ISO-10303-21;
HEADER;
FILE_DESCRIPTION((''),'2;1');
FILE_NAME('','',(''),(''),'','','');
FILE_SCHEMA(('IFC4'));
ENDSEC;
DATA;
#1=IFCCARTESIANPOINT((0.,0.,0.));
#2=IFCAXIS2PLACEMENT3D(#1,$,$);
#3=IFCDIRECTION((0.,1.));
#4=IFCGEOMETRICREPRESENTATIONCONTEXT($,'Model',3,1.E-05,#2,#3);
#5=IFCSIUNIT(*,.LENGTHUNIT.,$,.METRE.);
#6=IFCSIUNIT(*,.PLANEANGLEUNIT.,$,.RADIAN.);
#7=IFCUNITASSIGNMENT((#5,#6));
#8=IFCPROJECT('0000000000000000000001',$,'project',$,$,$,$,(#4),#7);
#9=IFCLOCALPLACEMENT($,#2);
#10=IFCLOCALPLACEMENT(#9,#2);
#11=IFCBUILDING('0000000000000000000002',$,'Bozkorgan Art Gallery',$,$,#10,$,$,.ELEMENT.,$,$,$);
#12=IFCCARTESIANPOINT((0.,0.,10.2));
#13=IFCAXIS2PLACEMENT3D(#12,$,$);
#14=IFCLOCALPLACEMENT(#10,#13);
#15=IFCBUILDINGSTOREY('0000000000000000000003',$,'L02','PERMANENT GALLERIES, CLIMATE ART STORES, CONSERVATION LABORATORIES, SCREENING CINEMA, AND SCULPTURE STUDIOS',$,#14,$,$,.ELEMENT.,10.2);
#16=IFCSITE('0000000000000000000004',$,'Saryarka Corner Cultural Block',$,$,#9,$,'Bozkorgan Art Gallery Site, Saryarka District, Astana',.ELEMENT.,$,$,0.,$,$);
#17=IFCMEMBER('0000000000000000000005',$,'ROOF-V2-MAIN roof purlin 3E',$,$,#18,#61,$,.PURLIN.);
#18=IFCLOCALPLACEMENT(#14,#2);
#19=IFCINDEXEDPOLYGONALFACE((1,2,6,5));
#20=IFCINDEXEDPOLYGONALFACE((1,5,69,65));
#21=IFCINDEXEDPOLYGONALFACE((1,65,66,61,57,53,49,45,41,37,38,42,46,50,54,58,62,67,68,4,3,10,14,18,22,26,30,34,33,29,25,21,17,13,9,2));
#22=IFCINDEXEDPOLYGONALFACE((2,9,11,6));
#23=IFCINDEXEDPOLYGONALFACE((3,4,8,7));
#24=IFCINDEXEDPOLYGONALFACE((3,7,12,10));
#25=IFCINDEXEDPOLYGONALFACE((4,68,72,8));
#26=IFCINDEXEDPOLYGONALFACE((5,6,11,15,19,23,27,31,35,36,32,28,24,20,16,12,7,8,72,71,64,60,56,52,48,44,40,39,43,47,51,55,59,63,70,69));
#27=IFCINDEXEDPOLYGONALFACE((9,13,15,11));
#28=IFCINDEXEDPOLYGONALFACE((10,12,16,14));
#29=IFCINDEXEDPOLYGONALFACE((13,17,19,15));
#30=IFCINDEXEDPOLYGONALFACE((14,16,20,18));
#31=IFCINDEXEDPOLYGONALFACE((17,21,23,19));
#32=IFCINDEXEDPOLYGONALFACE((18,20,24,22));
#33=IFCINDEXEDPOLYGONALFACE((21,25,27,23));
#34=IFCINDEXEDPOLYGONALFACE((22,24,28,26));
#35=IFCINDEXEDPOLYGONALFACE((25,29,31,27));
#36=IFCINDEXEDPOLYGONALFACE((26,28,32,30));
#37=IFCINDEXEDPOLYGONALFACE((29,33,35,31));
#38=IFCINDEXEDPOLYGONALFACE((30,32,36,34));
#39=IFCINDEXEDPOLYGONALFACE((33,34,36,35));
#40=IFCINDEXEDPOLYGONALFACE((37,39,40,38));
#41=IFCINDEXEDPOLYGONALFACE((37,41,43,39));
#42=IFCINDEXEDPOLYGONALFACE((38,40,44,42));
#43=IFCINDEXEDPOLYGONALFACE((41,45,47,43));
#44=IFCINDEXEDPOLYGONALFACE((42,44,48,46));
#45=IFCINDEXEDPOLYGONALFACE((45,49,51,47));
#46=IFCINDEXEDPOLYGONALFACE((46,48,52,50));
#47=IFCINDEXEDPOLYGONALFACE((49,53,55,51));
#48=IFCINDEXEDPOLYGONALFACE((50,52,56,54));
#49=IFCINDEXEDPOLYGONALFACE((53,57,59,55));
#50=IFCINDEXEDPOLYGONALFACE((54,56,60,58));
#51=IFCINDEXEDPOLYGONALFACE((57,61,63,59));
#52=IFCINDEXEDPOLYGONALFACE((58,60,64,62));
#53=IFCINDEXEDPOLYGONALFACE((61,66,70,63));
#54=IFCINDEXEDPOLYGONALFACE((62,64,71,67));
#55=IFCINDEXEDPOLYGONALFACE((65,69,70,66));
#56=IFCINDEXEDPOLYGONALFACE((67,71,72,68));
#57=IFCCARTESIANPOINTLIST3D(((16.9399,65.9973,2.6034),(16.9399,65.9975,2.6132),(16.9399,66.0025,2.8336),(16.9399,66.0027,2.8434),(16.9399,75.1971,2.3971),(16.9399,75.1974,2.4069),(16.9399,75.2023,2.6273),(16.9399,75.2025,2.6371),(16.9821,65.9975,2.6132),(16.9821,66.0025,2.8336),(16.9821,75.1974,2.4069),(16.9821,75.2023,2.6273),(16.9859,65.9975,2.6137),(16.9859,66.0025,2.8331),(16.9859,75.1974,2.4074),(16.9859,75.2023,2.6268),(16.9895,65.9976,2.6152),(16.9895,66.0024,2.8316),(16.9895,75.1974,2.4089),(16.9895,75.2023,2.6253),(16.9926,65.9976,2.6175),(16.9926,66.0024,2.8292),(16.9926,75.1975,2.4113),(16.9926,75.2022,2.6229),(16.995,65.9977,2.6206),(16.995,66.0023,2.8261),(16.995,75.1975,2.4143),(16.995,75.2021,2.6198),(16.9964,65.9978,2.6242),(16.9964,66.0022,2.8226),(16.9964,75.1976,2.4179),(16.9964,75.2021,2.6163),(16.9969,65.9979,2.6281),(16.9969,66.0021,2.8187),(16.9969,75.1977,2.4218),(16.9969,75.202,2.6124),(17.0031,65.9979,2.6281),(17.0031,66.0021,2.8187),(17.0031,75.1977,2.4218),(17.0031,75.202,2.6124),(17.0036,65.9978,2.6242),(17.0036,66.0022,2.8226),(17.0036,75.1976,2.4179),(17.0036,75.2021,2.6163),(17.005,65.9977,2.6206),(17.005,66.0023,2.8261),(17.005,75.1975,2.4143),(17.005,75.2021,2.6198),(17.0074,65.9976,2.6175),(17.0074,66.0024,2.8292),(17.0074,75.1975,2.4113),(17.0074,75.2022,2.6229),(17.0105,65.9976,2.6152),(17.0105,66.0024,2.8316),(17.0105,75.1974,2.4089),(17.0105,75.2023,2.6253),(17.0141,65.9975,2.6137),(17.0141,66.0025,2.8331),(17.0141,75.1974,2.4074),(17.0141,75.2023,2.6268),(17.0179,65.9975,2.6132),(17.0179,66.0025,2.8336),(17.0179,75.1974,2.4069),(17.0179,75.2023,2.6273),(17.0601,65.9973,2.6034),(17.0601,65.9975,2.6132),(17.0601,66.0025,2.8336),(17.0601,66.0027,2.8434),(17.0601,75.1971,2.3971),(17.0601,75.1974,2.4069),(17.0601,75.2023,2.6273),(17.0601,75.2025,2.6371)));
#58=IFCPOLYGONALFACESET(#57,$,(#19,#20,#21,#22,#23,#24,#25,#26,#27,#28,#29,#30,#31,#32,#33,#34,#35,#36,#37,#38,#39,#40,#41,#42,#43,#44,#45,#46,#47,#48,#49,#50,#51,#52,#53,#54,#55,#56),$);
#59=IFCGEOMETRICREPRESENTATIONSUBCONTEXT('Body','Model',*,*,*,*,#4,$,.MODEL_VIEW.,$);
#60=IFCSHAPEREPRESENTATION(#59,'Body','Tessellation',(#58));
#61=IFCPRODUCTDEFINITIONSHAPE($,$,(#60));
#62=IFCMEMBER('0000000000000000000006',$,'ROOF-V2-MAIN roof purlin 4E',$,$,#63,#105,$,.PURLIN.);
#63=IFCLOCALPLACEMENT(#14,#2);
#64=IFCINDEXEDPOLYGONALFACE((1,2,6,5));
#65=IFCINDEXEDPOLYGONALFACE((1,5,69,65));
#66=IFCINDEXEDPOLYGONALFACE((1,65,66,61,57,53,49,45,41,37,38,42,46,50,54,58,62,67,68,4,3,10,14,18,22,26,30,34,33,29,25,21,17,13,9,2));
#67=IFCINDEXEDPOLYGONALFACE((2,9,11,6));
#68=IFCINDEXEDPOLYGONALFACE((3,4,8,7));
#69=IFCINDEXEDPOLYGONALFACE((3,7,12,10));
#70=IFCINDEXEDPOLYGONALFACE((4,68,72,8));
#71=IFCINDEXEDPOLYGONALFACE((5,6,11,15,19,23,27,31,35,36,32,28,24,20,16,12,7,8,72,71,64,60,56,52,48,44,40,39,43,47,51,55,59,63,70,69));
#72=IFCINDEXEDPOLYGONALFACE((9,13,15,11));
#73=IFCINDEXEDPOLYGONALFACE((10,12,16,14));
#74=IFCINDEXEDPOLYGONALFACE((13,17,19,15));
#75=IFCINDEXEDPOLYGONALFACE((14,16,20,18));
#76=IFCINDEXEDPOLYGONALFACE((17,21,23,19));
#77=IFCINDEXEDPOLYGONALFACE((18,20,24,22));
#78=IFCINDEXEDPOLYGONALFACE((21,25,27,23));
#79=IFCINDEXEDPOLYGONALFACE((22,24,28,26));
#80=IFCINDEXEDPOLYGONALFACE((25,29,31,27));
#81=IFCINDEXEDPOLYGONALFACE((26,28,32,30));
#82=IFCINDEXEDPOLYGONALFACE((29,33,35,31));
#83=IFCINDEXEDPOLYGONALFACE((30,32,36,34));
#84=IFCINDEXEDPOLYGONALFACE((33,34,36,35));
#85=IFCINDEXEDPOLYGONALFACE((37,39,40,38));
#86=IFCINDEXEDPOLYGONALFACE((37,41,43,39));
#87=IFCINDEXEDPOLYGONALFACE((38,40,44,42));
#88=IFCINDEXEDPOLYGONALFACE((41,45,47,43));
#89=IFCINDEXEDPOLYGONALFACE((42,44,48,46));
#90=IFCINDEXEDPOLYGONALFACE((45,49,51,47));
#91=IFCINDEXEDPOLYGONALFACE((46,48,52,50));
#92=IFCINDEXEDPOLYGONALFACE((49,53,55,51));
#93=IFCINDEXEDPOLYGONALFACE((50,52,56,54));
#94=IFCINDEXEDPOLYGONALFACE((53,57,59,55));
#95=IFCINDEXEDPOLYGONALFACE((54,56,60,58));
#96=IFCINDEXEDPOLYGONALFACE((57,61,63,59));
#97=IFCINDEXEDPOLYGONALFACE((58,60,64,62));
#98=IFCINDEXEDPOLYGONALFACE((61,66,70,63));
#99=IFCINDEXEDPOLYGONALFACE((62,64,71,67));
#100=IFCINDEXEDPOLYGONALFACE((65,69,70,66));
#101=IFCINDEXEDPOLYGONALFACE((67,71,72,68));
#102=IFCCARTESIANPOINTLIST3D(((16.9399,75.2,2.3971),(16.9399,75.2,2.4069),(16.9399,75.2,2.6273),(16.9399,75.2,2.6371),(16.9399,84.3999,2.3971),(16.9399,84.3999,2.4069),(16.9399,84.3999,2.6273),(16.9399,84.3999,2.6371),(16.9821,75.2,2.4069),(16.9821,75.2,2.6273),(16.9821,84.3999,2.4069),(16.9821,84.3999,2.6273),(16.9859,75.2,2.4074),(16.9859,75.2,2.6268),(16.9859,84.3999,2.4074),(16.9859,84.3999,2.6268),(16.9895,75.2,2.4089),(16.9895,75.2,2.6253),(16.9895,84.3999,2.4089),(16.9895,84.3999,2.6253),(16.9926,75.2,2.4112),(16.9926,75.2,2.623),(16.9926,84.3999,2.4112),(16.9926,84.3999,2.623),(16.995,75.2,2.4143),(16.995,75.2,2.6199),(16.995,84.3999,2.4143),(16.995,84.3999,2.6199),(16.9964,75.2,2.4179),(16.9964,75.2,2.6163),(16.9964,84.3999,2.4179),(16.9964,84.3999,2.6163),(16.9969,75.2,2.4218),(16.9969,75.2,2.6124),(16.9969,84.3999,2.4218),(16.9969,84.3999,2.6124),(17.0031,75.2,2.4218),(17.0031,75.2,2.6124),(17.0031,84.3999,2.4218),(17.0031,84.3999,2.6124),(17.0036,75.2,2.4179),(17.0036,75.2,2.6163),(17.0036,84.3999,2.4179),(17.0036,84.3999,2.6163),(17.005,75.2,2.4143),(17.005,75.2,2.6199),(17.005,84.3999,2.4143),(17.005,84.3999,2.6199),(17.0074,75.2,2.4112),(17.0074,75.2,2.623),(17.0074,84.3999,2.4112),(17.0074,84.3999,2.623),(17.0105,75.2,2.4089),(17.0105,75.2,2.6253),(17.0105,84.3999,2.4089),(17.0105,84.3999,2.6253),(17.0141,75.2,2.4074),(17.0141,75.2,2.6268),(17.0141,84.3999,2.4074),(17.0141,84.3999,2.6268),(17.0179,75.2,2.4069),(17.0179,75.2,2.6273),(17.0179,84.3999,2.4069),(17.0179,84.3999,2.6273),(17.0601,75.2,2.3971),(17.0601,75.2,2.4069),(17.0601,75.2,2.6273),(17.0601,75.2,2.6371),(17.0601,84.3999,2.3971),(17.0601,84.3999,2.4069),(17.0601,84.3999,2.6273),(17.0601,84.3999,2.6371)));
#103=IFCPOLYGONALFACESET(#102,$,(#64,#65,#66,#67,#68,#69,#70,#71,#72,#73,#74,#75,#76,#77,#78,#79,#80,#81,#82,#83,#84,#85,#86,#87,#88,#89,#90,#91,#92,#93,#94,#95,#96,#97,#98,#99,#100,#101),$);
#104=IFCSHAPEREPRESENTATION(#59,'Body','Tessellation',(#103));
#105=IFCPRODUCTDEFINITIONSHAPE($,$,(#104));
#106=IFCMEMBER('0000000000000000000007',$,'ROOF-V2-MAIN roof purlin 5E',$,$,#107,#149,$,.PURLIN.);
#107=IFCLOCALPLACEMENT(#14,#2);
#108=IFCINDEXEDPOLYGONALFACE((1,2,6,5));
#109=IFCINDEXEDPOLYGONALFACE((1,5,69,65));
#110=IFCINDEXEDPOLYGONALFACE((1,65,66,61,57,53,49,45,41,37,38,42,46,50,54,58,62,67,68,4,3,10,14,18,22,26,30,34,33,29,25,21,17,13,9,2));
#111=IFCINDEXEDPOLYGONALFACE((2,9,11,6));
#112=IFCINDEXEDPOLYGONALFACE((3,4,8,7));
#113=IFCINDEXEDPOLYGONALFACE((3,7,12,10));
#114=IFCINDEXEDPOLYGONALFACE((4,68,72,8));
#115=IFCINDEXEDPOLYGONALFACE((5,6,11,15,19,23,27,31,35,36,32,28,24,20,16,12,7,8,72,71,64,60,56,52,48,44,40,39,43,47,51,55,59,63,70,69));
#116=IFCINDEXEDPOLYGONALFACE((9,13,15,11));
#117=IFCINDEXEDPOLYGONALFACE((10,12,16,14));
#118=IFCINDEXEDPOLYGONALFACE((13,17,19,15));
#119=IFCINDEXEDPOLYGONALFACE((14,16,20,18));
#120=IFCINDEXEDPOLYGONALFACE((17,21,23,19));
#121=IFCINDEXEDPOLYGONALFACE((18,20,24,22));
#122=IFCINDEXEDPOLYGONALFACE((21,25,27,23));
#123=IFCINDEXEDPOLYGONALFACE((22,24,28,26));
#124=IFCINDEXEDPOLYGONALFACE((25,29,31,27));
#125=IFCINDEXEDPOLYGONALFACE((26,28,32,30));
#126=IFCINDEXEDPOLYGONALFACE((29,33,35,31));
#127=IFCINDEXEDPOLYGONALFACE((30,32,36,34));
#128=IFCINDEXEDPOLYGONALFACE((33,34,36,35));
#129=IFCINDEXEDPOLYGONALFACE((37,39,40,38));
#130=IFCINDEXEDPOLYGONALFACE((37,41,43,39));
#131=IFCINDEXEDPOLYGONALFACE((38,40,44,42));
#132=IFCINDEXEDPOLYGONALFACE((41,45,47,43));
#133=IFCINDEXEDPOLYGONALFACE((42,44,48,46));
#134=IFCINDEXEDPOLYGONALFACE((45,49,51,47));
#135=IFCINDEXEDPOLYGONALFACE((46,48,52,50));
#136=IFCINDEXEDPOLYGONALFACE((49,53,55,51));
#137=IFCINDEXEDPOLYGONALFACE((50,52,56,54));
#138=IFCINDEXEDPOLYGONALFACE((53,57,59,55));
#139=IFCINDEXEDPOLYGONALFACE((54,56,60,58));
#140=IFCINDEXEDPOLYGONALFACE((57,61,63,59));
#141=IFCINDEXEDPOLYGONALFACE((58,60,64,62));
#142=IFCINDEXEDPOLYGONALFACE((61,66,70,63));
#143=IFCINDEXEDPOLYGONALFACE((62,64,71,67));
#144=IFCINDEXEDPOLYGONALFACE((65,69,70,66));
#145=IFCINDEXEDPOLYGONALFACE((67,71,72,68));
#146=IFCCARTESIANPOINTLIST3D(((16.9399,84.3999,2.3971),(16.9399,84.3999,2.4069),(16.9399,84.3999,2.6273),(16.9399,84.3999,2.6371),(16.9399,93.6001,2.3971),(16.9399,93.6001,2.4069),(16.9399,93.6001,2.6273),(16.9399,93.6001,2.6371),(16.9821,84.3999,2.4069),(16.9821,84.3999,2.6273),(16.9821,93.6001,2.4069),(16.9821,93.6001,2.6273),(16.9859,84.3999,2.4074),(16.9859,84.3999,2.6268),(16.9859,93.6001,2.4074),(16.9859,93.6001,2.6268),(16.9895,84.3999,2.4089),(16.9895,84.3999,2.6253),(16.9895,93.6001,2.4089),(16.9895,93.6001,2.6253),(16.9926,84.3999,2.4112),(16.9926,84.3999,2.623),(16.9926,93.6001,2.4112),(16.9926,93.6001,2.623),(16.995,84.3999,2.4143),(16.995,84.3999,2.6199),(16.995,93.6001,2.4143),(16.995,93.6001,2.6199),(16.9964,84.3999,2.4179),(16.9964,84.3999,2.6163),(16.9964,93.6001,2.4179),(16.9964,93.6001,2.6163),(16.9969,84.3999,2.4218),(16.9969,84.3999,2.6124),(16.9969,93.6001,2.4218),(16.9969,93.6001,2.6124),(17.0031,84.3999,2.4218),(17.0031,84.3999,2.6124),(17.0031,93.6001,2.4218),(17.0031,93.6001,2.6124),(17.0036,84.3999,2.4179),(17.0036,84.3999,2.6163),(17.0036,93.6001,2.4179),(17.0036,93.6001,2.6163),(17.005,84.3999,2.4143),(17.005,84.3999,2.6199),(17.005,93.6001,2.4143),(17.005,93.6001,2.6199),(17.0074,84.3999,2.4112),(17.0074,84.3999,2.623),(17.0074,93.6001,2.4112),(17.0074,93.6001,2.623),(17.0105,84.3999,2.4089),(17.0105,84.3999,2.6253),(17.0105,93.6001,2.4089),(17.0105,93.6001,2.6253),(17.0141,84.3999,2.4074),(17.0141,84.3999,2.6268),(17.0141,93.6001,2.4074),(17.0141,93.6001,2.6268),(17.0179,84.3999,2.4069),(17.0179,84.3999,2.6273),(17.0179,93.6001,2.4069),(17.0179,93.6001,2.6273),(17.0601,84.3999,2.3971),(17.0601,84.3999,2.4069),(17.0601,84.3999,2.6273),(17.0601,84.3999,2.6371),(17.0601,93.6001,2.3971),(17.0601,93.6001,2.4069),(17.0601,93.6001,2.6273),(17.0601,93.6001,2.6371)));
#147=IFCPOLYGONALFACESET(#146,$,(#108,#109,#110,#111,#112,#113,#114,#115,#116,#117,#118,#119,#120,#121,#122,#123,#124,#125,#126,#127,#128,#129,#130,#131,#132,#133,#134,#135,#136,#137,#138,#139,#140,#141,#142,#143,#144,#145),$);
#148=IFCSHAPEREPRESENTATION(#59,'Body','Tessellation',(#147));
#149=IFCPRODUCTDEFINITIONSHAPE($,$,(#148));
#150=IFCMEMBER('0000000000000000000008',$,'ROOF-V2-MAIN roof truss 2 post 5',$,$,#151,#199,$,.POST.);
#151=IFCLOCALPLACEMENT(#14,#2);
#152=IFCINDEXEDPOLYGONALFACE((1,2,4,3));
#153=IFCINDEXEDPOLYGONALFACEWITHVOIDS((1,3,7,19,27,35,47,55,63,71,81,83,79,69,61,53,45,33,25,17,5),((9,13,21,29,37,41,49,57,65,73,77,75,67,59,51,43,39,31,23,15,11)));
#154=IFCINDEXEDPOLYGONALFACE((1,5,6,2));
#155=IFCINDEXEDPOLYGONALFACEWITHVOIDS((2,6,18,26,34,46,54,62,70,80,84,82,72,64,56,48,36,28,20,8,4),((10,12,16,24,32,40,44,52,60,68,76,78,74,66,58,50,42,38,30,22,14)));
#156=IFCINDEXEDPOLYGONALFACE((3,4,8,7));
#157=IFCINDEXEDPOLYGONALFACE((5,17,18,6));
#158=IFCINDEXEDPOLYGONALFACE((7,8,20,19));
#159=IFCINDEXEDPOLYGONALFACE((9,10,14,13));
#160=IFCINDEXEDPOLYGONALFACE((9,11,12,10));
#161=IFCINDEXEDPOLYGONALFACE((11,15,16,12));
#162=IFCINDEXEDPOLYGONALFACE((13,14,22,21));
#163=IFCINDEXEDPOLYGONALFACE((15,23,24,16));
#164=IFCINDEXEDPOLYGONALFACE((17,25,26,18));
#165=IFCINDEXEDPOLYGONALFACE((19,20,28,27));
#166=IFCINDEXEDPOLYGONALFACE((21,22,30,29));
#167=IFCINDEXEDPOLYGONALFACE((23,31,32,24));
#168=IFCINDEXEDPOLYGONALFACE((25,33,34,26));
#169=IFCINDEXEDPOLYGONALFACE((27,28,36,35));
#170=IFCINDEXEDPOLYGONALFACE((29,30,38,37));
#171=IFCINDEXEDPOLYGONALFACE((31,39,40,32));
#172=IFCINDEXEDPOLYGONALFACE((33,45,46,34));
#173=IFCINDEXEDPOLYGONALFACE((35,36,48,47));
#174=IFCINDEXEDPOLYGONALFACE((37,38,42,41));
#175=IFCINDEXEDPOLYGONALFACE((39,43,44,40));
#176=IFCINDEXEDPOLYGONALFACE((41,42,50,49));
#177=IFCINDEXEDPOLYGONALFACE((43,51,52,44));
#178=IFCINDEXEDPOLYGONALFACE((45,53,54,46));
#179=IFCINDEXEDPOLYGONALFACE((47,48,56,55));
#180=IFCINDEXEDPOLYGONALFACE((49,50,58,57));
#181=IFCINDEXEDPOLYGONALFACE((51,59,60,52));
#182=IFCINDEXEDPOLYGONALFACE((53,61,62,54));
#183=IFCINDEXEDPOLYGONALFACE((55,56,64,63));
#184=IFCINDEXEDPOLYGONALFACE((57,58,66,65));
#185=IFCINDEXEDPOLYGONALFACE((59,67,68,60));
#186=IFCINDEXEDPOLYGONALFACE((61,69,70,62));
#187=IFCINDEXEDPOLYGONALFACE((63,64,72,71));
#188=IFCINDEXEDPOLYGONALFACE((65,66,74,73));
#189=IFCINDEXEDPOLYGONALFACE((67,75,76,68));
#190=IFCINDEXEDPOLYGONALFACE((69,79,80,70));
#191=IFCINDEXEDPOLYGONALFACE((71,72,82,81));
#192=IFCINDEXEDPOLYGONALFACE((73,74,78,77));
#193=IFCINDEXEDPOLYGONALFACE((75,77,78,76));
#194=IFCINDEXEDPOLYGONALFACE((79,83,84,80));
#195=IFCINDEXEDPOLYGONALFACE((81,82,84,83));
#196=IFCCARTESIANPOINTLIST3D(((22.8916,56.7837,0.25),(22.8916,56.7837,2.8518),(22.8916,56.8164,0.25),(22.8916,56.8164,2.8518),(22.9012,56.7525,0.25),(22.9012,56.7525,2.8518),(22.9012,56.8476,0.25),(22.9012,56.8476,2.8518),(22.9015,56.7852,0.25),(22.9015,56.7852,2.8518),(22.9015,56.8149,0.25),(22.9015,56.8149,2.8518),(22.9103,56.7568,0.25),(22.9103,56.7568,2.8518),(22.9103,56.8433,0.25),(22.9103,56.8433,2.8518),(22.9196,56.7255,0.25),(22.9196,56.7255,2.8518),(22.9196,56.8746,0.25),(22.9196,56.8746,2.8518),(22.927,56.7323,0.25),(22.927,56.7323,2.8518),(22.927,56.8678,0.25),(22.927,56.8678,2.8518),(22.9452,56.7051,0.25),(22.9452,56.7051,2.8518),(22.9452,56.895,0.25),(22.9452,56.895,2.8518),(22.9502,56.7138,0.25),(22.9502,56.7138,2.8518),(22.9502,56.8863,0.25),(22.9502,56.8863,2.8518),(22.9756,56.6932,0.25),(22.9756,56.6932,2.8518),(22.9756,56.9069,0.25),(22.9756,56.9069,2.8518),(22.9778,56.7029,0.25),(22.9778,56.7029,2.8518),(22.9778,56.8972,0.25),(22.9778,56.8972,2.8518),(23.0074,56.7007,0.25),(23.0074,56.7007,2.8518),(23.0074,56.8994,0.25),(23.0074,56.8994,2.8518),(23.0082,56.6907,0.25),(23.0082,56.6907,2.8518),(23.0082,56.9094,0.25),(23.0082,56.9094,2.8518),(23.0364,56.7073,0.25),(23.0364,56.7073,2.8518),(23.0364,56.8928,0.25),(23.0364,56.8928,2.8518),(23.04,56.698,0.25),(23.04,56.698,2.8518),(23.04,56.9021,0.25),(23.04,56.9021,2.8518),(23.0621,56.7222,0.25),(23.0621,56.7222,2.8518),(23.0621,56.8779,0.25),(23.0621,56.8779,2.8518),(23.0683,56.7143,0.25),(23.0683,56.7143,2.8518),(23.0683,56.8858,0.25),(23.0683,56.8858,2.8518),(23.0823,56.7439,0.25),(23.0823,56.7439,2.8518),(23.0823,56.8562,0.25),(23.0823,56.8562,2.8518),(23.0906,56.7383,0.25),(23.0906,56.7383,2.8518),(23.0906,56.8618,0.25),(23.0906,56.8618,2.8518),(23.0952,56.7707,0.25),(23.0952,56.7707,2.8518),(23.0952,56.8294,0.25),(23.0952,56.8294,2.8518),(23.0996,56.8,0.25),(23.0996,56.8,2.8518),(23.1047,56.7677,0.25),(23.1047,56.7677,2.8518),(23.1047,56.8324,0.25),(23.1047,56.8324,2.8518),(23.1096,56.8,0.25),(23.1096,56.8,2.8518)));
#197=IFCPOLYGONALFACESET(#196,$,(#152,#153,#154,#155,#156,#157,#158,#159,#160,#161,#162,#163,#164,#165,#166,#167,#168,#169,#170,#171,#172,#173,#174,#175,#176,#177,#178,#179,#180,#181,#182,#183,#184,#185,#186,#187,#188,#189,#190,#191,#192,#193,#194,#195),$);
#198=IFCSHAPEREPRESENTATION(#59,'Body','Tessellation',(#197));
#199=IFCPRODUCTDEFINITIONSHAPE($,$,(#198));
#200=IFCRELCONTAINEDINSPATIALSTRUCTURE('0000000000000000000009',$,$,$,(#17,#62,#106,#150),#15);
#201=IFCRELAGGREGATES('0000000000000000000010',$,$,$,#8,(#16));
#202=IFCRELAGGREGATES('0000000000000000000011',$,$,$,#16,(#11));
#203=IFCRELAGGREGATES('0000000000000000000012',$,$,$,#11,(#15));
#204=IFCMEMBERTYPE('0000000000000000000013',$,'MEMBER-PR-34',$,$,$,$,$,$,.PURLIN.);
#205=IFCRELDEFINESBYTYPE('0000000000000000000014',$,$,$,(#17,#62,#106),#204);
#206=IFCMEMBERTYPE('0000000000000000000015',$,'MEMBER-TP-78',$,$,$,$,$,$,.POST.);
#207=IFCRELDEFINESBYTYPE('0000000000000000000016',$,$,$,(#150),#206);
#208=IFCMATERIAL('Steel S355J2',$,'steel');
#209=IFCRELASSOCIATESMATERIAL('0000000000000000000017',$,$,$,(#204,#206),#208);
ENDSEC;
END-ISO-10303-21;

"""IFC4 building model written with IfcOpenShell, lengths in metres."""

from ifc_helpers import new_model, si_unit, direction, frame, origin, origin_2d, place, context, subcontext, project, spatial, hollow_circle, i_section, extrude, material, material_profile, profile_set, type_object, element, save


model = new_model("IFC4")

# Units and contexts
model_context = context("Model", 3, precision=1e-05, world=origin(), true_north=direction((0.0, 1.0)))
body_context = subcontext(model_context, "Body", "Model", "MODEL_VIEW")
ifc_project = project(units=[si_unit("LENGTHUNIT", "METRE"), si_unit("PLANEANGLEUNIT", "RADIAN")], contexts=[model_context])

# Site, building, storey
site_placement = place(None, origin())
site = spatial("IfcSite", under=ifc_project, at=site_placement, Name="Saryarka Corner Cultural Block", LongName="Bozkorgan Art Gallery Site, Saryarka District, Astana", CompositionType="ELEMENT", RefElevation=0.0)
building_placement = place(site_placement, origin())
building = spatial("IfcBuilding", under=site, at=building_placement, Name="Bozkorgan Art Gallery", CompositionType="ELEMENT")
storey_placement = place(building_placement, frame((0.0, 0.0, 10.2)))
storey = spatial("IfcBuildingStorey", under=building, at=storey_placement, Name="L02", Description="PERMANENT GALLERIES, CLIMATE ART STORES, CONSERVATION LABORATORIES, SCREENING CINEMA, AND SCULPTURE STUDIOS", CompositionType="ELEMENT", Elevation=10.2)

# Members
ifc_material = material(Name="Steel S355J2", Category="steel")
ifc_material_profile_1 = material_profile(ifc_material, i_section(OverallWidth=0.1201, OverallDepth=0.24, WebThickness=0.0061, FlangeThickness=0.0098, FilletRadius=0.0149, at=origin_2d()), Name="IPE 240")
ifc_profile_set_1 = profile_set([ifc_material_profile_1], Name="Steel S355J2")
member_type_1 = type_object("IfcMemberType", Name="MEMBER-PR-34", PredefinedType="PURLIN", material=ifc_profile_set_1)
member_1_placement = place(storey_placement, frame((17.0, 66.0, 2.7234), z_axis=(0.0, 0.999749, -0.022418), x_axis=(-1.0, 0.0, 0.0)))
element("IfcMember", 1, at=member_1_placement, inside=storey, type_object=member_type_1, Name="ROOF-V2-MAIN roof purlin 3E", PredefinedType="PURLIN", context=body_context, shape_type="SweptSolid", body=[
    extrude(i_section(OverallWidth=0.1201, OverallDepth=0.24, WebThickness=0.0061, FlangeThickness=0.0098, FilletRadius=0.0149, at=origin_2d()), origin(), (0.0, 0.0, 1.0), 9.2021),
])
member_2_placement = place(storey_placement, frame((17.0, 75.2, 2.5171), z_axis=(0.0, 1.0, 0.0), x_axis=(-1.0, 0.0, 0.0)))
element("IfcMember", 2, at=member_2_placement, inside=storey, type_object=member_type_1, Name="ROOF-V2-MAIN roof purlin 4E", PredefinedType="PURLIN", context=body_context, shape_type="SweptSolid", body=[
    extrude(i_section(OverallWidth=0.1201, OverallDepth=0.24, WebThickness=0.0061, FlangeThickness=0.0098, FilletRadius=0.0149, at=origin_2d()), origin(), (0.0, 0.0, 1.0), 9.2),
])
member_3_placement = place(storey_placement, frame((17.0, 84.3999, 2.5171), z_axis=(0.0, 1.0, 0.0), x_axis=(-1.0, 0.0, 0.0)))
element("IfcMember", 3, at=member_3_placement, inside=storey, type_object=member_type_1, Name="ROOF-V2-MAIN roof purlin 5E", PredefinedType="PURLIN", context=body_context, shape_type="SweptSolid", body=[
    extrude(i_section(OverallWidth=0.1201, OverallDepth=0.24, WebThickness=0.0061, FlangeThickness=0.0098, FilletRadius=0.0149, at=origin_2d()), origin(), (0.0, 0.0, 1.0), 9.2002),
])
ifc_material_profile_2 = material_profile(ifc_material, hollow_circle(Radius=0.1096, WallThickness=0.01, at=origin_2d()), Name="CHS 219.1x10")
ifc_profile_set_2 = profile_set([ifc_material_profile_2], Name="Steel S355J2")
member_type_2 = type_object("IfcMemberType", Name="MEMBER-TP-78", PredefinedType="POST", material=ifc_profile_set_2)
member_4_placement = place(storey_placement, frame((23.0, 56.8, 0.25), z_axis=(0.0, 0.0, 1.0), x_axis=(1.0, 0.0, 0.0)))
element("IfcMember", 4, at=member_4_placement, inside=storey, type_object=member_type_2, Name="ROOF-V2-MAIN roof truss 2 post 5", PredefinedType="POST", context=body_context, shape_type="SweptSolid", body=[
    extrude(hollow_circle(Radius=0.1096, WallThickness=0.01, at=origin_2d()), origin(), (0.0, 0.0, 1.0), 2.6018),
])

save(model, "model.ifc")
